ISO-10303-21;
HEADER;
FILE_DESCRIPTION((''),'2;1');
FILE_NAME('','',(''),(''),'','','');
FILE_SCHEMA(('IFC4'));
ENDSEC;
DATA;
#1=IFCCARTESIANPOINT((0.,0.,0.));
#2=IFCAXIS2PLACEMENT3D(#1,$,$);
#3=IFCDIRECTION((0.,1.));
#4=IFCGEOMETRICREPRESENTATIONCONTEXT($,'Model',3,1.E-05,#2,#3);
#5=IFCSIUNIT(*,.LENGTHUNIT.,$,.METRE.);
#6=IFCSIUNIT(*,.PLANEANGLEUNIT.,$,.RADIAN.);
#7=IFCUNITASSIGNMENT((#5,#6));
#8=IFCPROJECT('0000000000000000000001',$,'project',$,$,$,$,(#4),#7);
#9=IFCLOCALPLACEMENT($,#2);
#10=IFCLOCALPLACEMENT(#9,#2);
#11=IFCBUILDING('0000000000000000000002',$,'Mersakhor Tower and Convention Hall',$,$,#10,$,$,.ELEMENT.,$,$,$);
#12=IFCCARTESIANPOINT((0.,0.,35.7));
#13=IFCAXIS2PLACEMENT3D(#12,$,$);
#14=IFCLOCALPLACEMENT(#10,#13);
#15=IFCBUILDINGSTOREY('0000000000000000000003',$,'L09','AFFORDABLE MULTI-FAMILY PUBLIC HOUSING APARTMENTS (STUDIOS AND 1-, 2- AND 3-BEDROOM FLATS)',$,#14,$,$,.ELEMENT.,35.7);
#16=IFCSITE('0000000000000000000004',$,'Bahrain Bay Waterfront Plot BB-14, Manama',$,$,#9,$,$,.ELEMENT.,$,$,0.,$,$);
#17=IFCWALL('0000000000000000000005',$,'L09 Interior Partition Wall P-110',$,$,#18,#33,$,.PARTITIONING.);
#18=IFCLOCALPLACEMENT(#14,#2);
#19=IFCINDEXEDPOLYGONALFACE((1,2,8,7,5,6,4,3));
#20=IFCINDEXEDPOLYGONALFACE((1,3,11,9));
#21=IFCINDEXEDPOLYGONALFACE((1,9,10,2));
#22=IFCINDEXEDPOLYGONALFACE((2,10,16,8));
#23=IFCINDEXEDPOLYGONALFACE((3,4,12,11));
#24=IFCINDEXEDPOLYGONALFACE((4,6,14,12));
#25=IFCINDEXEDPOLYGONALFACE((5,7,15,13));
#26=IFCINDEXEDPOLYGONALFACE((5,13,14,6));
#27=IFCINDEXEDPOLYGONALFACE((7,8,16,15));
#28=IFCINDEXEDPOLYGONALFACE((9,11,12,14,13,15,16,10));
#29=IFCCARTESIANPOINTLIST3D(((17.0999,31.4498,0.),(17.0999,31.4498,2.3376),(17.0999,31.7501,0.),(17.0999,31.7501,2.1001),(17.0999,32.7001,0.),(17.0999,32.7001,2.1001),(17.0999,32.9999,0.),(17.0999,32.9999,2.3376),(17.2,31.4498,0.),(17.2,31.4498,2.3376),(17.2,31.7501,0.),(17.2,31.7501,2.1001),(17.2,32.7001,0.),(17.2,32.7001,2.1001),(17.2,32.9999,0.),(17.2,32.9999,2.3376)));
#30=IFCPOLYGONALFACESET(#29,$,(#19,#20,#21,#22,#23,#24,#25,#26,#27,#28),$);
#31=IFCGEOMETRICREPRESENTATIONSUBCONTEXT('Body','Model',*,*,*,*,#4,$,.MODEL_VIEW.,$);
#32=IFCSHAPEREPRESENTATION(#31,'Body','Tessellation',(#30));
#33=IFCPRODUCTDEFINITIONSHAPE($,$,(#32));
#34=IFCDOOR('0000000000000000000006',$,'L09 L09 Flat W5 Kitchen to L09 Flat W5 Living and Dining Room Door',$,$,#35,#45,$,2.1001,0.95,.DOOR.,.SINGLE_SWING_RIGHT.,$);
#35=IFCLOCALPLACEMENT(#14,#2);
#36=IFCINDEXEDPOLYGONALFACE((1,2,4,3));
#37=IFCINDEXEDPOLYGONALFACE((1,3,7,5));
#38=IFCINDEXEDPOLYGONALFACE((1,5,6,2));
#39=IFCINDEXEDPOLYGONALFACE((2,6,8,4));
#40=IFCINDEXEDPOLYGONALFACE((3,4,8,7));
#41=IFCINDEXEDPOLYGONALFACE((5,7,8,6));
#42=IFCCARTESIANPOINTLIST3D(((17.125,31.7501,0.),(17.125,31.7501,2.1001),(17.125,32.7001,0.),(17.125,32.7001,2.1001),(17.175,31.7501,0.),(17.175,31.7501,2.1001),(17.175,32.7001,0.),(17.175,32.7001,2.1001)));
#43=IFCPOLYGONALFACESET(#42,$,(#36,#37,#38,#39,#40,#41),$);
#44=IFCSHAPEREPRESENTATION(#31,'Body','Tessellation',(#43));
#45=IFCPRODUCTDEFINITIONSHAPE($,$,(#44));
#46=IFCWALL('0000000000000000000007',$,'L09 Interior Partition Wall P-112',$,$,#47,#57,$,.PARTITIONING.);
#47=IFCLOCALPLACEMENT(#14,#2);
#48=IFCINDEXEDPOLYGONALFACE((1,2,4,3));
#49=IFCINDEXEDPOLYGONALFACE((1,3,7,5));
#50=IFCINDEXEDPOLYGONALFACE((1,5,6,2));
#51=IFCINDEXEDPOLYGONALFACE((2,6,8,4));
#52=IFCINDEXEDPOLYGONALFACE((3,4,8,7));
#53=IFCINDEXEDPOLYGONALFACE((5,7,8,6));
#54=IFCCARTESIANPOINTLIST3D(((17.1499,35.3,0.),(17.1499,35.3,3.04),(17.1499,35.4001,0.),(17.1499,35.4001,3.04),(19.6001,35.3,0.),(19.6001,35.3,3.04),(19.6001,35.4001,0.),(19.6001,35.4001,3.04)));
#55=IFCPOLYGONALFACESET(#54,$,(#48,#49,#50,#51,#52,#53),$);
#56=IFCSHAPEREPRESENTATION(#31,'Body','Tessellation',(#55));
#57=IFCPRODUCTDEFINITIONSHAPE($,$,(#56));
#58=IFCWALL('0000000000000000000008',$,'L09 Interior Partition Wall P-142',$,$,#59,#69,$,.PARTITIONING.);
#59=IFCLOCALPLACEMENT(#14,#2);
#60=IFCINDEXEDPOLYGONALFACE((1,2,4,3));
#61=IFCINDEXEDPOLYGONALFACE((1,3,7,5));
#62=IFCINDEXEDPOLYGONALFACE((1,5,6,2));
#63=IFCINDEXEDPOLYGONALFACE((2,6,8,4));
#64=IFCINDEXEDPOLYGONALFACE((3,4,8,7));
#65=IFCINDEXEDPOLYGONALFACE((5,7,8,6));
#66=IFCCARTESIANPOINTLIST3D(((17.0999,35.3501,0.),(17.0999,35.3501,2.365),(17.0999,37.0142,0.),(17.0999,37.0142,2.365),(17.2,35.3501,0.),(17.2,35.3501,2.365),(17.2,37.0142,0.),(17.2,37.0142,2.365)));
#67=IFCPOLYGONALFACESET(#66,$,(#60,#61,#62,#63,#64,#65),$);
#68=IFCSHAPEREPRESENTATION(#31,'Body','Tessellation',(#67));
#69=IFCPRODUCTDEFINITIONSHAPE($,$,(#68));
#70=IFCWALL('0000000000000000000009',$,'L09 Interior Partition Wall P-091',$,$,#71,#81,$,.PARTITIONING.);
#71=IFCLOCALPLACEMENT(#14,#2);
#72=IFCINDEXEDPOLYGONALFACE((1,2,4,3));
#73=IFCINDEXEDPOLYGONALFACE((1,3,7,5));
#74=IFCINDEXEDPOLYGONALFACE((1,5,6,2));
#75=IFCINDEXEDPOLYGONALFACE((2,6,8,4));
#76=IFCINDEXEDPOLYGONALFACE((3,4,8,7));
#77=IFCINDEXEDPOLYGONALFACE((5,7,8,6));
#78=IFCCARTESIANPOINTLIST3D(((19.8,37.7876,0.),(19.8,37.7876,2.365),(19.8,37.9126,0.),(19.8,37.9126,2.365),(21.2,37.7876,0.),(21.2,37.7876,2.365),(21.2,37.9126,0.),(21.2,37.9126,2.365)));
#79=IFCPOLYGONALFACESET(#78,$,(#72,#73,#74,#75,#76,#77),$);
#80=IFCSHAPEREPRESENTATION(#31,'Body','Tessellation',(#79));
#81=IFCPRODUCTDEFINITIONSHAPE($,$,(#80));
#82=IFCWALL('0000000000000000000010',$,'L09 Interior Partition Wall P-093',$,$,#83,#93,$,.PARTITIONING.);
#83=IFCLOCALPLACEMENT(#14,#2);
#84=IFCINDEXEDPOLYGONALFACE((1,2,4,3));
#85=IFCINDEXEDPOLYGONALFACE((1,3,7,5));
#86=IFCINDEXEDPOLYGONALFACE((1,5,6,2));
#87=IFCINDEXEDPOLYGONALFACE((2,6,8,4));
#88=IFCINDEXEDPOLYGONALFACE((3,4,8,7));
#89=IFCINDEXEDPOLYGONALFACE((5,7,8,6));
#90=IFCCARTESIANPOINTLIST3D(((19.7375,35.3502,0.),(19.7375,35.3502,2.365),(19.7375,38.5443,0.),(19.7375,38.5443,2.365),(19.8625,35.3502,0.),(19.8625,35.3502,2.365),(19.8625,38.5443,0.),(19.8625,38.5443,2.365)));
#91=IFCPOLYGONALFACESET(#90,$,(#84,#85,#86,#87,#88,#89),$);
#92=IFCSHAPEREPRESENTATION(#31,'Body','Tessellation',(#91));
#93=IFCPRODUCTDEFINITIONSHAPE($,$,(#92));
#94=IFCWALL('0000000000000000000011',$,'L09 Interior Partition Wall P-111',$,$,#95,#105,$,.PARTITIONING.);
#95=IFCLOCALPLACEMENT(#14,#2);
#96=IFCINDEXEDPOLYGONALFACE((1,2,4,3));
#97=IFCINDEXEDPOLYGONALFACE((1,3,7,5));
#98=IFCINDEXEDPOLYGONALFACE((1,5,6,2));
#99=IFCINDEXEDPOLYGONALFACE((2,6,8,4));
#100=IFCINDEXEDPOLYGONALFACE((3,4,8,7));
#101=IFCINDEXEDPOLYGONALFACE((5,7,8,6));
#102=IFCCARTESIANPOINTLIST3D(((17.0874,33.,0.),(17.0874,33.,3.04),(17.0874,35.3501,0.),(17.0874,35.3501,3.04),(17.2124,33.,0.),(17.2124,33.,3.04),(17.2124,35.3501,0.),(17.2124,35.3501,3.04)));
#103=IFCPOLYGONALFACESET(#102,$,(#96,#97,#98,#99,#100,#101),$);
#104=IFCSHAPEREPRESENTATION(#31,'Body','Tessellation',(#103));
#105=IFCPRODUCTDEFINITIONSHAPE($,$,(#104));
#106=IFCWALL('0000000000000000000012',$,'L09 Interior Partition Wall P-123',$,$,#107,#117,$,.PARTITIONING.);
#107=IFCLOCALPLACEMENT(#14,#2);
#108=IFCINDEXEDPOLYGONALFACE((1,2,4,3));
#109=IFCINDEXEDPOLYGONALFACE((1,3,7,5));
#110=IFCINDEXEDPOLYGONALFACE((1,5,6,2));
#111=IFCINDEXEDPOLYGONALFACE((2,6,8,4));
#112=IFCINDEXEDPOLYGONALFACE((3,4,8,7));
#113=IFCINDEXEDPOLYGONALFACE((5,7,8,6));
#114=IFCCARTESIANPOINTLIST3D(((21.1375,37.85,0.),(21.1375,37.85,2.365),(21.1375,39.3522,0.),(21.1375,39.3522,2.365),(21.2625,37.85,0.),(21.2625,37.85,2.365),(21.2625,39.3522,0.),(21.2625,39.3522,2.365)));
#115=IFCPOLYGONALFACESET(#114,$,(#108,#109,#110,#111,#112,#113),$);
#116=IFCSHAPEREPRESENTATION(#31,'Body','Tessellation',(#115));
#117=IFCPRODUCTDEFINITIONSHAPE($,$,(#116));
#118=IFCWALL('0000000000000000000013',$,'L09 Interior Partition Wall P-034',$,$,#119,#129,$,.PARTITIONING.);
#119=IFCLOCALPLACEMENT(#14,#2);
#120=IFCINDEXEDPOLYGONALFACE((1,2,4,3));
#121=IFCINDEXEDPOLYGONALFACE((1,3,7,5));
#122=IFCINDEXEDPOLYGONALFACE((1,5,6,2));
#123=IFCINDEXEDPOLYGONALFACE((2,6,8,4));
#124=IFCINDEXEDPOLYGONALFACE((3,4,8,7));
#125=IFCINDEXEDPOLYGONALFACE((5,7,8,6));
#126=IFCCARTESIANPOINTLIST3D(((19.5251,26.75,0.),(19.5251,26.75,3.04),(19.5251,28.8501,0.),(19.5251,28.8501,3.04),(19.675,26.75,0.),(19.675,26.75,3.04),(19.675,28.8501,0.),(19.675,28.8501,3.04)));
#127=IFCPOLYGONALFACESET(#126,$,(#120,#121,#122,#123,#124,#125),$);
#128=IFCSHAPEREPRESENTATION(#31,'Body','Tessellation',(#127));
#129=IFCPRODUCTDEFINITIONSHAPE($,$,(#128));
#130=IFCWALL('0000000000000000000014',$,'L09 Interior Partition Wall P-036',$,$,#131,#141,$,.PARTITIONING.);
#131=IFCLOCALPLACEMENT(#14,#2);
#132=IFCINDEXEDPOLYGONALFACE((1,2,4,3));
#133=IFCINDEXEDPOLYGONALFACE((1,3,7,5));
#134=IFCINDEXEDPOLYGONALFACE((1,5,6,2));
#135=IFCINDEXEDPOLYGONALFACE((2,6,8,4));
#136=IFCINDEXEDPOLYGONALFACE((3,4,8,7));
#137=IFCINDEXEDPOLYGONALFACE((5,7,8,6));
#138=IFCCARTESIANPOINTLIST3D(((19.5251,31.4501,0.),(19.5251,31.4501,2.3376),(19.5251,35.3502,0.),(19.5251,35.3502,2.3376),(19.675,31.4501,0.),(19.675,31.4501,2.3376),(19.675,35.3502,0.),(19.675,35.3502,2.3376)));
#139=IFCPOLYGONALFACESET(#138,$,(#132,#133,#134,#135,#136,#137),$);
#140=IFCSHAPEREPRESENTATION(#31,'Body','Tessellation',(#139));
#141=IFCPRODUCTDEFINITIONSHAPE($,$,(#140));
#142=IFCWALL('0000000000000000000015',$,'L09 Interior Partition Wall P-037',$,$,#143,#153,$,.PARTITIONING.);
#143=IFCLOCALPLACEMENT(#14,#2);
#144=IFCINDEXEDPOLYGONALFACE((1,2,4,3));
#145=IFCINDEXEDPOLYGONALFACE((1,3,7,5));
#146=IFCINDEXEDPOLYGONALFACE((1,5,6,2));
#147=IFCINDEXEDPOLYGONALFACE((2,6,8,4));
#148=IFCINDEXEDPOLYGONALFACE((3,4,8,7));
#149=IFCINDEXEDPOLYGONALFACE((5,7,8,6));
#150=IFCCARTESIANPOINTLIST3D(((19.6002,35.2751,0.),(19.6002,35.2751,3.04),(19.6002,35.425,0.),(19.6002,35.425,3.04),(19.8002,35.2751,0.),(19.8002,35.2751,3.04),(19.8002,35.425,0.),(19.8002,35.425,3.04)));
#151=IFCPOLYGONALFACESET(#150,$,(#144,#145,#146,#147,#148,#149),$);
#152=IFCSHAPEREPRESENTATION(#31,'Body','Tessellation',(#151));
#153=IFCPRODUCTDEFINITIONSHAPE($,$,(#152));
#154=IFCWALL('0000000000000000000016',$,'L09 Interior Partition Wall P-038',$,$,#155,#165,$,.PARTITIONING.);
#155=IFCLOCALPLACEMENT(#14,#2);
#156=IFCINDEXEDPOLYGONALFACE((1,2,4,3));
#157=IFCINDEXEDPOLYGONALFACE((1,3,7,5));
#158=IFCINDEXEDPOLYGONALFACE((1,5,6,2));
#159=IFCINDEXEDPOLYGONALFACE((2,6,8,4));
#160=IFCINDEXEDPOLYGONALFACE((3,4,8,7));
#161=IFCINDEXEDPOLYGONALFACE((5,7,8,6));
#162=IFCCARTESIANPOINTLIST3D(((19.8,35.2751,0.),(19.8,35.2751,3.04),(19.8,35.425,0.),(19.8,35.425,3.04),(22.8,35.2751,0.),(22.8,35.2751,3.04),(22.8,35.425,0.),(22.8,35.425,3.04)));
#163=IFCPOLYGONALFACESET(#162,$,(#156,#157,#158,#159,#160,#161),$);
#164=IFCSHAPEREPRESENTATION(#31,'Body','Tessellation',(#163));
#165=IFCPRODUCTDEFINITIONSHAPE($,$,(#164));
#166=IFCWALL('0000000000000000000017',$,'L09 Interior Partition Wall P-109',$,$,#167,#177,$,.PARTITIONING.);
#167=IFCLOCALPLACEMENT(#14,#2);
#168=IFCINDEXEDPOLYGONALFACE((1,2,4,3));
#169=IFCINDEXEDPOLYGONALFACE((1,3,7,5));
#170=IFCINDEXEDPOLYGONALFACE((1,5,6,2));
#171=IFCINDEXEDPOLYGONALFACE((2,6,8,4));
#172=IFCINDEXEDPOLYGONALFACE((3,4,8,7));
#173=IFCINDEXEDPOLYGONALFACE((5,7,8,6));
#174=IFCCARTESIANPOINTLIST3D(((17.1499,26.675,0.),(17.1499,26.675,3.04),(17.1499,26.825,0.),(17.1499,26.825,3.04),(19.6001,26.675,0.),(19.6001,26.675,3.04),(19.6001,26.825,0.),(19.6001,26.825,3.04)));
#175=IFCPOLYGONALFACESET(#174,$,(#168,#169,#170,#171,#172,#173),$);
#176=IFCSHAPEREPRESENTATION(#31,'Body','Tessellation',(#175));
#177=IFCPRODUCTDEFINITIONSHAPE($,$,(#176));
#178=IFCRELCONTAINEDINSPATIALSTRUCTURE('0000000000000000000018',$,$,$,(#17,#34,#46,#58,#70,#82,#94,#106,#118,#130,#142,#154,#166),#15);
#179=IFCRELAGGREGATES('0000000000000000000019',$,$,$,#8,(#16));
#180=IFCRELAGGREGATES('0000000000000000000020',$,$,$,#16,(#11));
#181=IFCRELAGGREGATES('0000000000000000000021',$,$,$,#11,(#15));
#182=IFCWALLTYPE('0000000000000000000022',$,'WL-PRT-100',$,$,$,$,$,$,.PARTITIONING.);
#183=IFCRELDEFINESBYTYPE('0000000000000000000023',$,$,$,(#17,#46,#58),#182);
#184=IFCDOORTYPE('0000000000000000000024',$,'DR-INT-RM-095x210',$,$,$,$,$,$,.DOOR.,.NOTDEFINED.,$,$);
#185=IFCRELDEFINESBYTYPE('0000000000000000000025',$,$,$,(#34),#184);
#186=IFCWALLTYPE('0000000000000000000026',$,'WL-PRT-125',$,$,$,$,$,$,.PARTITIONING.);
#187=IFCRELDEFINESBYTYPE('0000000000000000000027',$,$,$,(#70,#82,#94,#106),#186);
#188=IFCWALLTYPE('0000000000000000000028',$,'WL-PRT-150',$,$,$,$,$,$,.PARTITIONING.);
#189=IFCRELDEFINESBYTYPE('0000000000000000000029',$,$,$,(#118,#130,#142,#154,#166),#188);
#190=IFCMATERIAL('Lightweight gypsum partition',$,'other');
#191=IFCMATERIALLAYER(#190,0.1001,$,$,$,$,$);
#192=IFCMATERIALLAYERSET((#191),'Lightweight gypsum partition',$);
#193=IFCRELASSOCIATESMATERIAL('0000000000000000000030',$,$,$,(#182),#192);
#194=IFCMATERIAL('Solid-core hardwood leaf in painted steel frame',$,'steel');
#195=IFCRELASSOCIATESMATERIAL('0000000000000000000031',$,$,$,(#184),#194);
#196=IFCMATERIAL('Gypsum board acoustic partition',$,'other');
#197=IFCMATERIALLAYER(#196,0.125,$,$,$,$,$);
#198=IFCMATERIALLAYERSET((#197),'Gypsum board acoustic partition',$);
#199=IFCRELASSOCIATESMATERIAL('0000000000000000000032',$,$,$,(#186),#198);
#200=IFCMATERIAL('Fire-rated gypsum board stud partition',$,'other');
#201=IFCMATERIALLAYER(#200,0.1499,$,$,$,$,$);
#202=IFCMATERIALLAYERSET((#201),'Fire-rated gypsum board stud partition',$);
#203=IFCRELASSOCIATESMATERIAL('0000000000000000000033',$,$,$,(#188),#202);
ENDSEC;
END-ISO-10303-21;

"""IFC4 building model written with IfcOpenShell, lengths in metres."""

from ifc_helpers import new_model, si_unit, direction, frame, frame_2d, origin, place, context, subcontext, project, spatial, rectangle, extrude, material, layer, layer_set, type_object, element, fill, save


model = new_model("IFC4")

# Units and contexts
model_context = context("Model", 3, precision=1e-05, world=origin(), true_north=direction((0.0, 1.0)))
body_context = subcontext(model_context, "Body", "Model", "MODEL_VIEW")
ifc_project = project(units=[si_unit("LENGTHUNIT", "METRE"), si_unit("PLANEANGLEUNIT", "RADIAN")], contexts=[model_context])

# Site, building, storey
site_placement = place(None, origin())
site = spatial("IfcSite", under=ifc_project, at=site_placement, Name="Bahrain Bay Waterfront Plot BB-14, Manama", CompositionType="ELEMENT", RefElevation=0.0)
building_placement = place(site_placement, origin())
building = spatial("IfcBuilding", under=site, at=building_placement, Name="Mersakhor Tower and Convention Hall", CompositionType="ELEMENT")
storey_placement = place(building_placement, frame((0.0, 0.0, 35.7)))
storey = spatial("IfcBuildingStorey", under=building, at=storey_placement, Name="L09", Description="AFFORDABLE MULTI-FAMILY PUBLIC HOUSING APARTMENTS (STUDIOS AND 1-, 2- AND 3-BEDROOM FLATS)", CompositionType="ELEMENT", Elevation=35.7)

# Shared definitions
ifc_material_1 = material(Name="Lightweight gypsum partition", Category="other")
ifc_layer_1 = layer(ifc_material_1, 0.1001)
ifc_layer_set_1 = layer_set([ifc_layer_1], Name="Lightweight gypsum partition")
wall_type_1 = type_object("IfcWallType", Name="WL-PRT-100", PredefinedType="PARTITIONING", material=ifc_layer_set_1)
ifc_material_2 = material(Name="Solid-core hardwood leaf in painted steel frame", Category="steel")
door_type_1 = type_object("IfcDoorType", Name="DR-INT-RM-095x210", OperationType="NOTDEFINED", PredefinedType="DOOR", material=ifc_material_2)

# Wall, opening, door
wall_1_placement = place(storey_placement, frame((17.1499, 31.45, 0.0), z_axis=(0.0, 0.0, 1.0), x_axis=(0.0, 1.0, 0.0)))
wall_1 = element("IfcWall", 1, at=wall_1_placement, inside=storey, type_object=wall_type_1, Name="L09 Interior Partition Wall P-110", PredefinedType="PARTITIONING", context=body_context, shape_type="SweptSolid", body=[
    extrude(rectangle(XDim=1.55, YDim=0.1001, at=frame_2d((0.7749, 0.0))), origin(), (0.0, 0.0, 1.0), 2.3376),
])
opening_1_placement = place(wall_1_placement, frame((0.3, 0.0, 0.0)))
opening_1 = element("IfcOpeningElement", 2, at=opening_1_placement, cuts=wall_1, PredefinedType="OPENING", context=body_context, shape_type="SweptSolid", body=[
    extrude(rectangle(XDim=0.95, YDim=2.1001, at=frame_2d((0.4751, 1.05))), frame((0.0, 0.0601, 0.0), z_axis=(0.0, -1.0, 0.0), x_axis=(1.0, 0.0, 0.0)), (0.0, 0.0, 1.0), 0.1201),
])
door_1_placement = place(opening_1_placement, origin())
door_1 = element("IfcDoor", 3, at=door_1_placement, inside=storey, type_object=door_type_1, Name="L09 L09 Flat W5 Kitchen to L09 Flat W5 Living and Dining Room Door", OperationType="SINGLE_SWING_RIGHT", OverallHeight=2.1001, OverallWidth=0.95, PredefinedType="DOOR", context=body_context, shape_type="SweptSolid", body=[
    extrude(rectangle(XDim=0.95, YDim=2.1001, at=frame_2d((0.4751, 1.05))), frame((0.0, 0.0249, 0.0), z_axis=(0.0, -1.0, 0.0), x_axis=(1.0, 0.0, 0.0)), (0.0, 0.0, 1.0), 0.05),
])
fill(opening_1, door_1)

# Walls
wall_2_placement = place(storey_placement, frame((17.1499, 35.3501, 0.0), z_axis=(0.0, 0.0, 1.0), x_axis=(1.0, 0.0, 0.0)))
element("IfcWall", 4, at=wall_2_placement, inside=storey, type_object=wall_type_1, Name="L09 Interior Partition Wall P-112", PredefinedType="PARTITIONING", context=body_context, shape_type="SweptSolid", body=[
    extrude(rectangle(XDim=2.4502, YDim=0.1001, at=frame_2d((1.2251, 0.0))), origin(), (0.0, 0.0, 1.0), 3.04),
])
wall_3_placement = place(storey_placement, frame((17.1499, 37.0142, 0.0), z_axis=(0.0, 0.0, 1.0), x_axis=(0.0, -1.0, 0.0)))
element("IfcWall", 5, at=wall_3_placement, inside=storey, type_object=wall_type_1, Name="L09 Interior Partition Wall P-142", PredefinedType="PARTITIONING", context=body_context, shape_type="SweptSolid", body=[
    extrude(rectangle(XDim=1.6641, YDim=0.1001, at=frame_2d((0.832, 0.0))), origin(), (0.0, 0.0, 1.0), 2.365),
])
ifc_material_3 = material(Name="Gypsum board acoustic partition", Category="other")
ifc_layer_2 = layer(ifc_material_3, 0.125)
ifc_layer_set_2 = layer_set([ifc_layer_2], Name="Gypsum board acoustic partition")
wall_type_2 = type_object("IfcWallType", Name="WL-PRT-125", PredefinedType="PARTITIONING", material=ifc_layer_set_2)
wall_4_placement = place(storey_placement, frame((19.8, 37.8501, 0.0), z_axis=(0.0, 0.0, 1.0), x_axis=(1.0, 0.0, 0.0)))
element("IfcWall", 6, at=wall_4_placement, inside=storey, type_object=wall_type_2, Name="L09 Interior Partition Wall P-091", PredefinedType="PARTITIONING", context=body_context, shape_type="SweptSolid", body=[
    extrude(rectangle(XDim=1.3999, YDim=0.125, at=frame_2d((0.7, 0.0))), origin(), (0.0, 0.0, 1.0), 2.365),
])
wall_5_placement = place(storey_placement, frame((19.8, 35.3501, 0.0), z_axis=(0.0, 0.0, 1.0), x_axis=(0.0, 1.0, 0.0)))
element("IfcWall", 7, at=wall_5_placement, inside=storey, type_object=wall_type_2, Name="L09 Interior Partition Wall P-093", PredefinedType="PARTITIONING", context=body_context, shape_type="SweptSolid", body=[
    extrude(rectangle(XDim=3.1941, YDim=0.125, at=frame_2d((1.5972, 0.0))), origin(), (0.0, 0.0, 1.0), 2.365),
])
wall_6_placement = place(storey_placement, frame((17.1499, 33.0, 0.0), z_axis=(0.0, 0.0, 1.0), x_axis=(0.0, 1.0, 0.0)))
element("IfcWall", 8, at=wall_6_placement, inside=storey, type_object=wall_type_2, Name="L09 Interior Partition Wall P-111", PredefinedType="PARTITIONING", context=body_context, shape_type="SweptSolid", body=[
    extrude(rectangle(XDim=2.3501, YDim=0.125, at=frame_2d((1.175, 0.0))), origin(), (0.0, 0.0, 1.0), 3.04),
])
wall_7_placement = place(storey_placement, frame((21.2, 37.8501, 0.0), z_axis=(0.0, 0.0, 1.0), x_axis=(0.0, 1.0, 0.0)))
element("IfcWall", 9, at=wall_7_placement, inside=storey, type_object=wall_type_2, Name="L09 Interior Partition Wall P-123", PredefinedType="PARTITIONING", context=body_context, shape_type="SweptSolid", body=[
    extrude(rectangle(XDim=1.5022, YDim=0.125, at=frame_2d((0.751, 0.0))), origin(), (0.0, 0.0, 1.0), 2.365),
])
ifc_material_4 = material(Name="Fire-rated gypsum board stud partition", Category="other")
ifc_layer_3 = layer(ifc_material_4, 0.1499)
ifc_layer_set_3 = layer_set([ifc_layer_3], Name="Fire-rated gypsum board stud partition")
wall_type_3 = type_object("IfcWallType", Name="WL-PRT-150", PredefinedType="PARTITIONING", material=ifc_layer_set_3)
wall_8_placement = place(storey_placement, frame((19.6001, 26.75, 0.0), z_axis=(0.0, 0.0, 1.0), x_axis=(0.0, 1.0, 0.0)))
element("IfcWall", 10, at=wall_8_placement, inside=storey, type_object=wall_type_3, Name="L09 Interior Partition Wall P-034", PredefinedType="PARTITIONING", context=body_context, shape_type="SweptSolid", body=[
    extrude(rectangle(XDim=2.1001, YDim=0.1499, at=frame_2d((1.05, 0.0))), origin(), (0.0, 0.0, 1.0), 3.04),
])

# Walls
wall_9_placement = place(storey_placement, frame((19.6001, 31.45, 0.0), z_axis=(0.0, 0.0, 1.0), x_axis=(0.0, 1.0, 0.0)))
element("IfcWall", 11, at=wall_9_placement, inside=storey, type_object=wall_type_3, Name="L09 Interior Partition Wall P-036", PredefinedType="PARTITIONING", context=body_context, shape_type="SweptSolid", body=[
    extrude(rectangle(XDim=3.9001, YDim=0.1499, at=frame_2d((1.9502, 0.0))), origin(), (0.0, 0.0, 1.0), 2.3376),
])
wall_10_placement = place(storey_placement, frame((19.6001, 35.3501, 0.0), z_axis=(0.0, 0.0, 1.0), x_axis=(1.0, 0.0, 0.0)))
element("IfcWall", 12, at=wall_10_placement, inside=storey, type_object=wall_type_3, Name="L09 Interior Partition Wall P-037", PredefinedType="PARTITIONING", context=body_context, shape_type="SweptSolid", body=[
    extrude(rectangle(XDim=0.2, YDim=0.1499, at=frame_2d((0.1001, 0.0))), origin(), (0.0, 0.0, 1.0), 3.04),
])
wall_11_placement = place(storey_placement, frame((19.8, 35.3501, 0.0), z_axis=(0.0, 0.0, 1.0), x_axis=(1.0, 0.0, 0.0)))
element("IfcWall", 13, at=wall_11_placement, inside=storey, type_object=wall_type_3, Name="L09 Interior Partition Wall P-038", PredefinedType="PARTITIONING", context=body_context, shape_type="SweptSolid", body=[
    extrude(rectangle(XDim=3.0, YDim=0.1499, at=frame_2d((1.5, 0.0))), origin(), (0.0, 0.0, 1.0), 3.04),
])
wall_12_placement = place(storey_placement, frame((19.6001, 26.75, 0.0), z_axis=(0.0, 0.0, 1.0), x_axis=(-1.0, 0.0, 0.0)))
element("IfcWall", 14, at=wall_12_placement, inside=storey, type_object=wall_type_3, Name="L09 Interior Partition Wall P-109", PredefinedType="PARTITIONING", context=body_context, shape_type="SweptSolid", body=[
    extrude(rectangle(XDim=2.4502, YDim=0.1499, at=frame_2d((1.2251, 0.0))), origin(), (0.0, 0.0, 1.0), 3.04),
])

save(model, "model.ifc")
